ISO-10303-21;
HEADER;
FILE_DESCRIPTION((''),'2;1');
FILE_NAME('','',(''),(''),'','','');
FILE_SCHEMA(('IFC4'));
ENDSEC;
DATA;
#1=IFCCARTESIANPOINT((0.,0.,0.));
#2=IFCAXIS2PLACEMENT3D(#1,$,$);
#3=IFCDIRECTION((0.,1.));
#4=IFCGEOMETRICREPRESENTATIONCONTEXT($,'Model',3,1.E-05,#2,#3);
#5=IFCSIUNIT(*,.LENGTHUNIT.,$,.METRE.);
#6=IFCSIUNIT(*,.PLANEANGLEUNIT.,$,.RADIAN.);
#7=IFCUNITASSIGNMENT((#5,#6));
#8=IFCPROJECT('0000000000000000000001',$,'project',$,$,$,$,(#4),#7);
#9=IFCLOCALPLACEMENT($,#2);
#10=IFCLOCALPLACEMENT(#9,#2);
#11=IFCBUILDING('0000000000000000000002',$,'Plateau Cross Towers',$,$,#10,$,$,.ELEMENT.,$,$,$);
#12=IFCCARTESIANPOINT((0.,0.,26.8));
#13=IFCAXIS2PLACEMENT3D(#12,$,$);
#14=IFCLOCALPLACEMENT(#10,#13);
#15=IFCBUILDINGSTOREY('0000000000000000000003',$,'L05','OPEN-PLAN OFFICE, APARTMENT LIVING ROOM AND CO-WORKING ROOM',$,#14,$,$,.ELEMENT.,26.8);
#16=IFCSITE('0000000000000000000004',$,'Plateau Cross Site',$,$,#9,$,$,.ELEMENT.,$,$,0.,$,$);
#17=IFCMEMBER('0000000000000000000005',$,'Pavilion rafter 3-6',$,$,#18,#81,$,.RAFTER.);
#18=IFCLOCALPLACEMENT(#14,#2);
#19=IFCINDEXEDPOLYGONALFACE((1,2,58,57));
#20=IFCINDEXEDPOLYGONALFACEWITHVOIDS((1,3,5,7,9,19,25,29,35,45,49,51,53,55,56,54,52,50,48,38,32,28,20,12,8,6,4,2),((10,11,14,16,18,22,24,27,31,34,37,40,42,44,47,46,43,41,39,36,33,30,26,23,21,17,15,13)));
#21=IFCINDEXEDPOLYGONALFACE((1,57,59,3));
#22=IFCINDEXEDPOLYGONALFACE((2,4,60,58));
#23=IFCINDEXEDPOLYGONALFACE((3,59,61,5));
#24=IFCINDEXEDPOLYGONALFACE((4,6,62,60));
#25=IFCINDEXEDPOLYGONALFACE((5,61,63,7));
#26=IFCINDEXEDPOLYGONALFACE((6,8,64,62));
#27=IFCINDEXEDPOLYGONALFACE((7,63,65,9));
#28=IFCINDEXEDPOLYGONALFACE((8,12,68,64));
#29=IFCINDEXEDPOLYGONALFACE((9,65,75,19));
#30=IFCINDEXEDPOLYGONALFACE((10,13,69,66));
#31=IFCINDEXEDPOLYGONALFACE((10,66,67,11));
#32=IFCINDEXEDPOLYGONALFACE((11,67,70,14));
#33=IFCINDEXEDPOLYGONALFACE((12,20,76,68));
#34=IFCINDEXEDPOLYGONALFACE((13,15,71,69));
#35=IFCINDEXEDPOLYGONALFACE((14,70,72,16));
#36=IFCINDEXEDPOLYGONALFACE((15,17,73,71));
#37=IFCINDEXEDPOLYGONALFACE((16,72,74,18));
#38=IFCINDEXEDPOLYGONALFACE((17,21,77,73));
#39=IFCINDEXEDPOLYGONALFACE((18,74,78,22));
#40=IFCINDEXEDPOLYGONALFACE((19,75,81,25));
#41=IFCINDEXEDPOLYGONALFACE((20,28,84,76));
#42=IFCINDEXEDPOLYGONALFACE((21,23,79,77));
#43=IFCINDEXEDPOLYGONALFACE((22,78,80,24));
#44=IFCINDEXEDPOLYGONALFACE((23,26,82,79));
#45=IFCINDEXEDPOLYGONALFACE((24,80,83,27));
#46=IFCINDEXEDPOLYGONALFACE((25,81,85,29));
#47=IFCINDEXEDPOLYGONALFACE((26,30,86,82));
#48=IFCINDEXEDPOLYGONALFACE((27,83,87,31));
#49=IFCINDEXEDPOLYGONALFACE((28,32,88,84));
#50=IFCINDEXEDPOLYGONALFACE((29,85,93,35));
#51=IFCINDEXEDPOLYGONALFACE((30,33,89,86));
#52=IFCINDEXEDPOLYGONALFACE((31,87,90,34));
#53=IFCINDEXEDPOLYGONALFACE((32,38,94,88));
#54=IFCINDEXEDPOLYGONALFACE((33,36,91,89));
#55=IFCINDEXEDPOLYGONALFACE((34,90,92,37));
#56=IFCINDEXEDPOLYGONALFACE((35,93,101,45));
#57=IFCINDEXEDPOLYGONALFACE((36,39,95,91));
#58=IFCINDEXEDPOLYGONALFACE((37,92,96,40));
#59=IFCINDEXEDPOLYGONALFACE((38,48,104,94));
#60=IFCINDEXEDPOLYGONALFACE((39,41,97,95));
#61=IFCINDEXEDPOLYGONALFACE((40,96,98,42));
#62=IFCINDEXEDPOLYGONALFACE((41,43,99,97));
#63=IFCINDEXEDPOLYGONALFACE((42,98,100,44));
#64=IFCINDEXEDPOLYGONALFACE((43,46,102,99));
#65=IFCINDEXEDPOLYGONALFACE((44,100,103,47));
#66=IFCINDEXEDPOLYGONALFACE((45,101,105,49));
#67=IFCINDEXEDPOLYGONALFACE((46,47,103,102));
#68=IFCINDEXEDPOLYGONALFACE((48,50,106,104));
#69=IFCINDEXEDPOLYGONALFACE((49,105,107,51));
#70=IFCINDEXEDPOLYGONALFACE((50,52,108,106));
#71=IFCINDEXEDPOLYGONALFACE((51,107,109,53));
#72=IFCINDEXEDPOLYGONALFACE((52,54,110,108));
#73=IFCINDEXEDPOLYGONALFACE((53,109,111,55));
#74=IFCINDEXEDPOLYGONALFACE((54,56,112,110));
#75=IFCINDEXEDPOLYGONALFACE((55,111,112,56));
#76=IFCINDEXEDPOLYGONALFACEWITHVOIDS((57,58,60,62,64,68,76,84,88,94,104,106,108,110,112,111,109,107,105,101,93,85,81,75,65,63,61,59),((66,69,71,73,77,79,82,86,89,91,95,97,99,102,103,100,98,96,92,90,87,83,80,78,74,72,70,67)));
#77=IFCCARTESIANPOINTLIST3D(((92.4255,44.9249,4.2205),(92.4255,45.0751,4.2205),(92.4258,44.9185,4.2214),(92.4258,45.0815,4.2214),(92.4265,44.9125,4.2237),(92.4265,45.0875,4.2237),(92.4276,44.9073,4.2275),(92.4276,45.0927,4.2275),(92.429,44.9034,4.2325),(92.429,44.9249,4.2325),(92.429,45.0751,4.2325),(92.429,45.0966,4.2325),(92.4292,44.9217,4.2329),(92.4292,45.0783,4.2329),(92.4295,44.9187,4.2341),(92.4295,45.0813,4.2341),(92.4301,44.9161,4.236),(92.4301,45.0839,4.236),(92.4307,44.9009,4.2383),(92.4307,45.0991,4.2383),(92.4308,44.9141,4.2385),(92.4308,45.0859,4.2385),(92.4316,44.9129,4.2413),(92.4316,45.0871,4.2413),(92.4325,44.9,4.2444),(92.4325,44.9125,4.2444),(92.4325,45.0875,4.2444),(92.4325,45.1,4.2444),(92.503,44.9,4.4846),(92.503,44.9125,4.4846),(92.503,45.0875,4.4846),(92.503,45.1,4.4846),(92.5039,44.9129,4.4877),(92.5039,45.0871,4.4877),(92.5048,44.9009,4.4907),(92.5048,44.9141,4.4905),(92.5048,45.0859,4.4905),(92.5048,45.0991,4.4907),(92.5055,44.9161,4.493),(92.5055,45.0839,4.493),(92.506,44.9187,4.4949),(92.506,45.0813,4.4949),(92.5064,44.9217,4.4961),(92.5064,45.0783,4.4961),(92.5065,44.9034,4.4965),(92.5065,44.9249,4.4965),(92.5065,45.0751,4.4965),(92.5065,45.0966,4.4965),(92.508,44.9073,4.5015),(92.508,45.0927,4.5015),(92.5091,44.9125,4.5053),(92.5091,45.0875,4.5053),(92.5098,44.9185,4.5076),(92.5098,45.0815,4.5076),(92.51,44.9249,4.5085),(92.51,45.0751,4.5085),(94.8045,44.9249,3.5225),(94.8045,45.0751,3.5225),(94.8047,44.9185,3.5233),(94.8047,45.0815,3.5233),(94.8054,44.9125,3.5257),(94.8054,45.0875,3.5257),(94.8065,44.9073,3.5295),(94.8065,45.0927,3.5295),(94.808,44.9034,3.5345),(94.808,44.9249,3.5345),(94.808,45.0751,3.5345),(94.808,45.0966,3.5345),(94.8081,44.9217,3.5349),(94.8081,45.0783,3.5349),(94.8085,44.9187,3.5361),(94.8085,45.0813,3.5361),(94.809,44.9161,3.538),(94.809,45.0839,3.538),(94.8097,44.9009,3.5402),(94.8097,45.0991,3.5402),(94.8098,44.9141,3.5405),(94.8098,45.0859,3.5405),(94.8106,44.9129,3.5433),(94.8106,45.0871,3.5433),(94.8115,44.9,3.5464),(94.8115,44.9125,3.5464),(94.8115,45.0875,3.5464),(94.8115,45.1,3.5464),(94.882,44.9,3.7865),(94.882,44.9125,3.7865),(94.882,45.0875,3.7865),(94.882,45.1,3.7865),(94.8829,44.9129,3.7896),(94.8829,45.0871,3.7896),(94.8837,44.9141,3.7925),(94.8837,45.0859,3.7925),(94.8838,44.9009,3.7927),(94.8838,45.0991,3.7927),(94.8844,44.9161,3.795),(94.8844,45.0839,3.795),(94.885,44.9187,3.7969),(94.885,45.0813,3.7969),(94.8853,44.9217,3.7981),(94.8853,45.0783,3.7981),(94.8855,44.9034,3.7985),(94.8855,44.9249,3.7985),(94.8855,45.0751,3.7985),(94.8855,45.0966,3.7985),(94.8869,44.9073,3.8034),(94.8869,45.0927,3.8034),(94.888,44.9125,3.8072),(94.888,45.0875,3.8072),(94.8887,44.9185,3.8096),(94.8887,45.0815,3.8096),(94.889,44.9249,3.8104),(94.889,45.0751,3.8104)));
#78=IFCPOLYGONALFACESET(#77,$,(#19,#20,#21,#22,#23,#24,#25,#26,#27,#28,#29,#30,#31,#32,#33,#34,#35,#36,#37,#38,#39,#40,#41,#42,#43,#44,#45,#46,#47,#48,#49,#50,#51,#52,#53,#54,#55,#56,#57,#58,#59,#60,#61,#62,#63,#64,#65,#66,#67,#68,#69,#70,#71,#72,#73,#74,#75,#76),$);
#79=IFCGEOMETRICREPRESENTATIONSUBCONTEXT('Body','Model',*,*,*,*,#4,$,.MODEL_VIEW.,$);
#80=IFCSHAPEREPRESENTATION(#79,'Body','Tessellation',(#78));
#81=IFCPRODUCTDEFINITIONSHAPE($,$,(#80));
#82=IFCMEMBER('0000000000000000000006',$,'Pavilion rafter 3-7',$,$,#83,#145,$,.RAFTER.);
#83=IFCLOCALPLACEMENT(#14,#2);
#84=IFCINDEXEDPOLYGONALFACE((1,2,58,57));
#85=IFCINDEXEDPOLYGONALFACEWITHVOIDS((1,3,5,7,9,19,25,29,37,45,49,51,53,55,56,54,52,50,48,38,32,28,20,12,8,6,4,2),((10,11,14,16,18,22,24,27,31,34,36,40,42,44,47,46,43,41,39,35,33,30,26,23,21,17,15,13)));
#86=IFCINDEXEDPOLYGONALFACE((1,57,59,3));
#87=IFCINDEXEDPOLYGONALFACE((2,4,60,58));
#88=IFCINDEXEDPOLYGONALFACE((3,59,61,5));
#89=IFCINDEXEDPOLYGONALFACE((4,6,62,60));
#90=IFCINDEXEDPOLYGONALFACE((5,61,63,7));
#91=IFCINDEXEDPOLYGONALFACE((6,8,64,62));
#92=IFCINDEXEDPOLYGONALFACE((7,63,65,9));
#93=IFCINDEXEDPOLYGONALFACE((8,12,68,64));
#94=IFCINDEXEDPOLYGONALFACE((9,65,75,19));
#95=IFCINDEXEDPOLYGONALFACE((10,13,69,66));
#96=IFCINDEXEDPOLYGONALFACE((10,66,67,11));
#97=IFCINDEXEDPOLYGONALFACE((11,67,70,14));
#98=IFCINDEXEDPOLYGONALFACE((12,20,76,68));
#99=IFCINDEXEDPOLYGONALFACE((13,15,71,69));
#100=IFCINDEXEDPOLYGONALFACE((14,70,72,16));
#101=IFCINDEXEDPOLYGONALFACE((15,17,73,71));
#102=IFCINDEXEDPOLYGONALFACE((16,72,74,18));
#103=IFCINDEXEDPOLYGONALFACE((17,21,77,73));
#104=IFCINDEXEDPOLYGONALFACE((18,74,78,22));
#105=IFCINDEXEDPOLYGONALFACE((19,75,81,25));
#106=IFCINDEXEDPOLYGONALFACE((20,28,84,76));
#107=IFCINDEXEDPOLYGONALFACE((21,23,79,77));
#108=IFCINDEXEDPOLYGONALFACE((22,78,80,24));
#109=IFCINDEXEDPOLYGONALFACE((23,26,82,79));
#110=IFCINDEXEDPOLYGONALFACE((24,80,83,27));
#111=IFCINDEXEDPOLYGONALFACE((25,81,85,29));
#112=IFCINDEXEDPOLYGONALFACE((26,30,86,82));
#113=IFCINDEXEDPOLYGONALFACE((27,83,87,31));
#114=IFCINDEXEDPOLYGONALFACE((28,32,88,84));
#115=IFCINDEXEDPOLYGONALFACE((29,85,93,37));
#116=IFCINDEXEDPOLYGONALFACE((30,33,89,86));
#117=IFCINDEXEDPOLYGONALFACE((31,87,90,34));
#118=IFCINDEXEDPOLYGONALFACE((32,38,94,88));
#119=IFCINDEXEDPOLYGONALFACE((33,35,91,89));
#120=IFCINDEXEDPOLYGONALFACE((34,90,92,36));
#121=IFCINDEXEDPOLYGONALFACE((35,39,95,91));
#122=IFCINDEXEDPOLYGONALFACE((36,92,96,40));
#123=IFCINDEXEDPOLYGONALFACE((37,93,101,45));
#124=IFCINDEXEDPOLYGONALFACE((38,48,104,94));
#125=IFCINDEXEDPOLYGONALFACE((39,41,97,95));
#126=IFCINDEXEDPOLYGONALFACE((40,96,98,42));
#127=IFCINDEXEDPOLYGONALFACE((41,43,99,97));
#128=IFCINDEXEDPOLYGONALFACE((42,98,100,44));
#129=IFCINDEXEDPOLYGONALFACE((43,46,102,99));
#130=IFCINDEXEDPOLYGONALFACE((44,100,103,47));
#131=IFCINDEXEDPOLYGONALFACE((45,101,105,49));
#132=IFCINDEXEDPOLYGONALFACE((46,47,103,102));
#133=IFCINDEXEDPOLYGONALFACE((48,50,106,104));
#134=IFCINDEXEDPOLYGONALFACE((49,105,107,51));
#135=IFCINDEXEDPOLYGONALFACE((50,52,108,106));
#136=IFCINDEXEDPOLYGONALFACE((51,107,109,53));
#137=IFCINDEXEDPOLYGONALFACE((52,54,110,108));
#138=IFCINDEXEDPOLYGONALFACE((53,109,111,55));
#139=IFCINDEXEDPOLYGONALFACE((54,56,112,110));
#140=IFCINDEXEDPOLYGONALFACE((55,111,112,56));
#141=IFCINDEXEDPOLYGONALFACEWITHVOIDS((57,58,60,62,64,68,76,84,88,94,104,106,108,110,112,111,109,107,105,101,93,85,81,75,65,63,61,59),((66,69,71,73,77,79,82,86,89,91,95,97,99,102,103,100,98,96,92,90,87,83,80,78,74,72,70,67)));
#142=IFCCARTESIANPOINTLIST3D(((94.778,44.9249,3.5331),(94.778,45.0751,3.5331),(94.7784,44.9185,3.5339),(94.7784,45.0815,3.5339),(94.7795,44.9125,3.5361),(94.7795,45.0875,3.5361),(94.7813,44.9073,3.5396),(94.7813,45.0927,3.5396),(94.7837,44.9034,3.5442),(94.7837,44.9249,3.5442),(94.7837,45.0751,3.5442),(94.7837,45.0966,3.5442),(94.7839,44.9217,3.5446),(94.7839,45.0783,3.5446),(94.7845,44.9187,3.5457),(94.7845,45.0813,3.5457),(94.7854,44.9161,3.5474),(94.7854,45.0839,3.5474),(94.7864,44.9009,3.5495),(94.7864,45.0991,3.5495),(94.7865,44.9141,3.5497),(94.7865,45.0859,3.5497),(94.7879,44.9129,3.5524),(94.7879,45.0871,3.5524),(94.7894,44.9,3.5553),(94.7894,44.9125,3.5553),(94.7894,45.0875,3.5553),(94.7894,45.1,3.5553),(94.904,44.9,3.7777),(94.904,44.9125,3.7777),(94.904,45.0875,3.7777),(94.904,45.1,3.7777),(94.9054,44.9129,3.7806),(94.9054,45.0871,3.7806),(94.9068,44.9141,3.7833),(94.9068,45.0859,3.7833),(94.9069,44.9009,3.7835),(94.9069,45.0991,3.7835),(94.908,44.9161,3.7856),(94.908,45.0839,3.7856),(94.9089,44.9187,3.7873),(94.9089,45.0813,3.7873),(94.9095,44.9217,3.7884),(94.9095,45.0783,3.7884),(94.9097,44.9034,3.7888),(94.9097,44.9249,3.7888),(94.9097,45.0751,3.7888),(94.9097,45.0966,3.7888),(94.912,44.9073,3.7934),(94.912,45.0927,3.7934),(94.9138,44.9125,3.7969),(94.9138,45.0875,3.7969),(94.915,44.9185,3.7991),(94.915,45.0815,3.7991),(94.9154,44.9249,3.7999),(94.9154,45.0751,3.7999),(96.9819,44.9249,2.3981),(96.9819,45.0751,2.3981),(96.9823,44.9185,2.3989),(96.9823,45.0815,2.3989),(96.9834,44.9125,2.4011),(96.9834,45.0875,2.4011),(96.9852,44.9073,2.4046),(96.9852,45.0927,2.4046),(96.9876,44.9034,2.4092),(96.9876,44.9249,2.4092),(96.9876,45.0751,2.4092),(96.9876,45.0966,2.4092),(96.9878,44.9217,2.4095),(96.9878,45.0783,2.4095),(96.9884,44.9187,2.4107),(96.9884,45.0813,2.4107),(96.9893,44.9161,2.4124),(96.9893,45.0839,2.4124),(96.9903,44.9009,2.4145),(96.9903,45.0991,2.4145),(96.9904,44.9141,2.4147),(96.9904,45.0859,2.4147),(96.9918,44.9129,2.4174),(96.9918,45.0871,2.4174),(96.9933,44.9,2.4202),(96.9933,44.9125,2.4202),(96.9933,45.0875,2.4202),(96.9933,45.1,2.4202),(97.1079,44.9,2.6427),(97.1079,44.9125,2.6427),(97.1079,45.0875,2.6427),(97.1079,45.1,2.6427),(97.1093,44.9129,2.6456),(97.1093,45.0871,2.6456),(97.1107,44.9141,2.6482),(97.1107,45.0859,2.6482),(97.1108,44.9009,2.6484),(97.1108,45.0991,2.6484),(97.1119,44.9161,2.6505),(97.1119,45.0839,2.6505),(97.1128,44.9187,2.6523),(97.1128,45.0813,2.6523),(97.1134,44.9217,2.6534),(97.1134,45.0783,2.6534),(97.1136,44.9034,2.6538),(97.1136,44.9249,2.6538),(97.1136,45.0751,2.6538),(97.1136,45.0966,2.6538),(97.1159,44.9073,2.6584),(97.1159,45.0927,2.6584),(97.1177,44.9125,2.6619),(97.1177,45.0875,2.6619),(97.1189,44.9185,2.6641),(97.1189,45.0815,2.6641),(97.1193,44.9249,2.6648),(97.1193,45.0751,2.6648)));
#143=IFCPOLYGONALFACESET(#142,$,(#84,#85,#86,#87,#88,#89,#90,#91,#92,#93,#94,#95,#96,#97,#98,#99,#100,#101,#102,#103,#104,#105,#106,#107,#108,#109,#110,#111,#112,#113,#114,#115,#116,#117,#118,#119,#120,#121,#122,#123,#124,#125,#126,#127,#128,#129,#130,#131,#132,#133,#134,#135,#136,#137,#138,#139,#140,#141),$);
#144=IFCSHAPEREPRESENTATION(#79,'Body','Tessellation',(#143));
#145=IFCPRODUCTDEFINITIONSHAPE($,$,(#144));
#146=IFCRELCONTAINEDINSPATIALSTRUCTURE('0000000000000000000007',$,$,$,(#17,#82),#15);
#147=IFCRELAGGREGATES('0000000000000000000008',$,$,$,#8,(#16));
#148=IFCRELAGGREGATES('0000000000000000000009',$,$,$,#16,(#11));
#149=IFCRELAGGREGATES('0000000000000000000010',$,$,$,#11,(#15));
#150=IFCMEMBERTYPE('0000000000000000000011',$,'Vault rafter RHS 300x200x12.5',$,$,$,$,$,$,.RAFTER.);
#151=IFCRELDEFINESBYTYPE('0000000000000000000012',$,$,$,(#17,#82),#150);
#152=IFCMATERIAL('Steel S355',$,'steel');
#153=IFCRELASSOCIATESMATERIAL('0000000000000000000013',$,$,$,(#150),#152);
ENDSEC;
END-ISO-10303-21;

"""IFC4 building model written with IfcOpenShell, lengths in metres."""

from ifc_helpers import new_model, si_unit, direction, frame, origin, origin_2d, place, context, subcontext, project, spatial, hollow_rectangle, extrude, material, material_profile, profile_set, type_object, element, save


model = new_model("IFC4")

# Units and contexts
model_context = context("Model", 3, precision=1e-05, world=origin(), true_north=direction((0.0, 1.0)))
body_context = subcontext(model_context, "Body", "Model", "MODEL_VIEW")
ifc_project = project(units=[si_unit("LENGTHUNIT", "METRE"), si_unit("PLANEANGLEUNIT", "RADIAN")], contexts=[model_context])

# Site, building, storey
site_placement = place(None, origin())
site = spatial("IfcSite", under=ifc_project, at=site_placement, Name="Plateau Cross Site", CompositionType="ELEMENT", RefElevation=0.0)
building_placement = place(site_placement, origin())
building = spatial("IfcBuilding", under=site, at=building_placement, Name="Plateau Cross Towers", CompositionType="ELEMENT")
storey_placement = place(building_placement, frame((0.0, 0.0, 26.8)))
storey = spatial("IfcBuildingStorey", under=building, at=storey_placement, Name="L05", Description="OPEN-PLAN OFFICE, APARTMENT LIVING ROOM AND CO-WORKING ROOM", CompositionType="ELEMENT", Elevation=26.8)

# Shared definitions
ifc_material_1 = material(Name="Steel S355", Category="steel")

# Members
ifc_material_profile_1 = material_profile(ifc_material_1, hollow_rectangle(XDim=0.2, YDim=0.3, WallThickness=0.0125, InnerFilletRadius=0.0125, OuterFilletRadius=0.0249, at=origin_2d()), Name="RHS 300x200x12.5")
ifc_profile_set_1 = profile_set([ifc_material_profile_1], Name="Steel S355")
member_type = type_object("IfcMemberType", Name="Vault rafter RHS 300x200x12.5", PredefinedType="RAFTER", material=ifc_profile_set_1)
member_1_placement = place(storey_placement, frame((92.4678, 45.0, 4.3645), z_axis=(0.959549, 0.0, -0.281542), x_axis=(0.0, 1.0, 0.0)))
element("IfcMember", 1, at=member_1_placement, inside=storey, type_object=member_type, Name="Pavilion rafter 3-6", PredefinedType="RAFTER", context=body_context, shape_type="SweptSolid", body=[
    extrude(hollow_rectangle(XDim=0.2, YDim=0.3, WallThickness=0.0125, InnerFilletRadius=0.0125, OuterFilletRadius=0.0249, at=origin_2d()), origin(), (0.0, 0.0, 1.0), 2.4792),
])
for number, where, z_axis, x_axis, name in (
    (2, (94.8467, 45.0, 3.6665), (0.889026, 0.0, -0.457858), (0.0, 1.0, 0.0), "Pavilion rafter 3-7"),
):
    element("IfcMember", number, at=place(storey_placement, frame(where, z_axis=z_axis, x_axis=x_axis)), inside=storey, type_object=member_type, Name=name, PredefinedType="RAFTER", context=body_context, shape_type="SweptSolid", body=[
        extrude(hollow_rectangle(XDim=0.2, YDim=0.3, WallThickness=0.0125, InnerFilletRadius=0.0125, OuterFilletRadius=0.0249, at=origin_2d()), origin(), (0.0, 0.0, 1.0), 2.479),
    ])

save(model, "model.ifc")
